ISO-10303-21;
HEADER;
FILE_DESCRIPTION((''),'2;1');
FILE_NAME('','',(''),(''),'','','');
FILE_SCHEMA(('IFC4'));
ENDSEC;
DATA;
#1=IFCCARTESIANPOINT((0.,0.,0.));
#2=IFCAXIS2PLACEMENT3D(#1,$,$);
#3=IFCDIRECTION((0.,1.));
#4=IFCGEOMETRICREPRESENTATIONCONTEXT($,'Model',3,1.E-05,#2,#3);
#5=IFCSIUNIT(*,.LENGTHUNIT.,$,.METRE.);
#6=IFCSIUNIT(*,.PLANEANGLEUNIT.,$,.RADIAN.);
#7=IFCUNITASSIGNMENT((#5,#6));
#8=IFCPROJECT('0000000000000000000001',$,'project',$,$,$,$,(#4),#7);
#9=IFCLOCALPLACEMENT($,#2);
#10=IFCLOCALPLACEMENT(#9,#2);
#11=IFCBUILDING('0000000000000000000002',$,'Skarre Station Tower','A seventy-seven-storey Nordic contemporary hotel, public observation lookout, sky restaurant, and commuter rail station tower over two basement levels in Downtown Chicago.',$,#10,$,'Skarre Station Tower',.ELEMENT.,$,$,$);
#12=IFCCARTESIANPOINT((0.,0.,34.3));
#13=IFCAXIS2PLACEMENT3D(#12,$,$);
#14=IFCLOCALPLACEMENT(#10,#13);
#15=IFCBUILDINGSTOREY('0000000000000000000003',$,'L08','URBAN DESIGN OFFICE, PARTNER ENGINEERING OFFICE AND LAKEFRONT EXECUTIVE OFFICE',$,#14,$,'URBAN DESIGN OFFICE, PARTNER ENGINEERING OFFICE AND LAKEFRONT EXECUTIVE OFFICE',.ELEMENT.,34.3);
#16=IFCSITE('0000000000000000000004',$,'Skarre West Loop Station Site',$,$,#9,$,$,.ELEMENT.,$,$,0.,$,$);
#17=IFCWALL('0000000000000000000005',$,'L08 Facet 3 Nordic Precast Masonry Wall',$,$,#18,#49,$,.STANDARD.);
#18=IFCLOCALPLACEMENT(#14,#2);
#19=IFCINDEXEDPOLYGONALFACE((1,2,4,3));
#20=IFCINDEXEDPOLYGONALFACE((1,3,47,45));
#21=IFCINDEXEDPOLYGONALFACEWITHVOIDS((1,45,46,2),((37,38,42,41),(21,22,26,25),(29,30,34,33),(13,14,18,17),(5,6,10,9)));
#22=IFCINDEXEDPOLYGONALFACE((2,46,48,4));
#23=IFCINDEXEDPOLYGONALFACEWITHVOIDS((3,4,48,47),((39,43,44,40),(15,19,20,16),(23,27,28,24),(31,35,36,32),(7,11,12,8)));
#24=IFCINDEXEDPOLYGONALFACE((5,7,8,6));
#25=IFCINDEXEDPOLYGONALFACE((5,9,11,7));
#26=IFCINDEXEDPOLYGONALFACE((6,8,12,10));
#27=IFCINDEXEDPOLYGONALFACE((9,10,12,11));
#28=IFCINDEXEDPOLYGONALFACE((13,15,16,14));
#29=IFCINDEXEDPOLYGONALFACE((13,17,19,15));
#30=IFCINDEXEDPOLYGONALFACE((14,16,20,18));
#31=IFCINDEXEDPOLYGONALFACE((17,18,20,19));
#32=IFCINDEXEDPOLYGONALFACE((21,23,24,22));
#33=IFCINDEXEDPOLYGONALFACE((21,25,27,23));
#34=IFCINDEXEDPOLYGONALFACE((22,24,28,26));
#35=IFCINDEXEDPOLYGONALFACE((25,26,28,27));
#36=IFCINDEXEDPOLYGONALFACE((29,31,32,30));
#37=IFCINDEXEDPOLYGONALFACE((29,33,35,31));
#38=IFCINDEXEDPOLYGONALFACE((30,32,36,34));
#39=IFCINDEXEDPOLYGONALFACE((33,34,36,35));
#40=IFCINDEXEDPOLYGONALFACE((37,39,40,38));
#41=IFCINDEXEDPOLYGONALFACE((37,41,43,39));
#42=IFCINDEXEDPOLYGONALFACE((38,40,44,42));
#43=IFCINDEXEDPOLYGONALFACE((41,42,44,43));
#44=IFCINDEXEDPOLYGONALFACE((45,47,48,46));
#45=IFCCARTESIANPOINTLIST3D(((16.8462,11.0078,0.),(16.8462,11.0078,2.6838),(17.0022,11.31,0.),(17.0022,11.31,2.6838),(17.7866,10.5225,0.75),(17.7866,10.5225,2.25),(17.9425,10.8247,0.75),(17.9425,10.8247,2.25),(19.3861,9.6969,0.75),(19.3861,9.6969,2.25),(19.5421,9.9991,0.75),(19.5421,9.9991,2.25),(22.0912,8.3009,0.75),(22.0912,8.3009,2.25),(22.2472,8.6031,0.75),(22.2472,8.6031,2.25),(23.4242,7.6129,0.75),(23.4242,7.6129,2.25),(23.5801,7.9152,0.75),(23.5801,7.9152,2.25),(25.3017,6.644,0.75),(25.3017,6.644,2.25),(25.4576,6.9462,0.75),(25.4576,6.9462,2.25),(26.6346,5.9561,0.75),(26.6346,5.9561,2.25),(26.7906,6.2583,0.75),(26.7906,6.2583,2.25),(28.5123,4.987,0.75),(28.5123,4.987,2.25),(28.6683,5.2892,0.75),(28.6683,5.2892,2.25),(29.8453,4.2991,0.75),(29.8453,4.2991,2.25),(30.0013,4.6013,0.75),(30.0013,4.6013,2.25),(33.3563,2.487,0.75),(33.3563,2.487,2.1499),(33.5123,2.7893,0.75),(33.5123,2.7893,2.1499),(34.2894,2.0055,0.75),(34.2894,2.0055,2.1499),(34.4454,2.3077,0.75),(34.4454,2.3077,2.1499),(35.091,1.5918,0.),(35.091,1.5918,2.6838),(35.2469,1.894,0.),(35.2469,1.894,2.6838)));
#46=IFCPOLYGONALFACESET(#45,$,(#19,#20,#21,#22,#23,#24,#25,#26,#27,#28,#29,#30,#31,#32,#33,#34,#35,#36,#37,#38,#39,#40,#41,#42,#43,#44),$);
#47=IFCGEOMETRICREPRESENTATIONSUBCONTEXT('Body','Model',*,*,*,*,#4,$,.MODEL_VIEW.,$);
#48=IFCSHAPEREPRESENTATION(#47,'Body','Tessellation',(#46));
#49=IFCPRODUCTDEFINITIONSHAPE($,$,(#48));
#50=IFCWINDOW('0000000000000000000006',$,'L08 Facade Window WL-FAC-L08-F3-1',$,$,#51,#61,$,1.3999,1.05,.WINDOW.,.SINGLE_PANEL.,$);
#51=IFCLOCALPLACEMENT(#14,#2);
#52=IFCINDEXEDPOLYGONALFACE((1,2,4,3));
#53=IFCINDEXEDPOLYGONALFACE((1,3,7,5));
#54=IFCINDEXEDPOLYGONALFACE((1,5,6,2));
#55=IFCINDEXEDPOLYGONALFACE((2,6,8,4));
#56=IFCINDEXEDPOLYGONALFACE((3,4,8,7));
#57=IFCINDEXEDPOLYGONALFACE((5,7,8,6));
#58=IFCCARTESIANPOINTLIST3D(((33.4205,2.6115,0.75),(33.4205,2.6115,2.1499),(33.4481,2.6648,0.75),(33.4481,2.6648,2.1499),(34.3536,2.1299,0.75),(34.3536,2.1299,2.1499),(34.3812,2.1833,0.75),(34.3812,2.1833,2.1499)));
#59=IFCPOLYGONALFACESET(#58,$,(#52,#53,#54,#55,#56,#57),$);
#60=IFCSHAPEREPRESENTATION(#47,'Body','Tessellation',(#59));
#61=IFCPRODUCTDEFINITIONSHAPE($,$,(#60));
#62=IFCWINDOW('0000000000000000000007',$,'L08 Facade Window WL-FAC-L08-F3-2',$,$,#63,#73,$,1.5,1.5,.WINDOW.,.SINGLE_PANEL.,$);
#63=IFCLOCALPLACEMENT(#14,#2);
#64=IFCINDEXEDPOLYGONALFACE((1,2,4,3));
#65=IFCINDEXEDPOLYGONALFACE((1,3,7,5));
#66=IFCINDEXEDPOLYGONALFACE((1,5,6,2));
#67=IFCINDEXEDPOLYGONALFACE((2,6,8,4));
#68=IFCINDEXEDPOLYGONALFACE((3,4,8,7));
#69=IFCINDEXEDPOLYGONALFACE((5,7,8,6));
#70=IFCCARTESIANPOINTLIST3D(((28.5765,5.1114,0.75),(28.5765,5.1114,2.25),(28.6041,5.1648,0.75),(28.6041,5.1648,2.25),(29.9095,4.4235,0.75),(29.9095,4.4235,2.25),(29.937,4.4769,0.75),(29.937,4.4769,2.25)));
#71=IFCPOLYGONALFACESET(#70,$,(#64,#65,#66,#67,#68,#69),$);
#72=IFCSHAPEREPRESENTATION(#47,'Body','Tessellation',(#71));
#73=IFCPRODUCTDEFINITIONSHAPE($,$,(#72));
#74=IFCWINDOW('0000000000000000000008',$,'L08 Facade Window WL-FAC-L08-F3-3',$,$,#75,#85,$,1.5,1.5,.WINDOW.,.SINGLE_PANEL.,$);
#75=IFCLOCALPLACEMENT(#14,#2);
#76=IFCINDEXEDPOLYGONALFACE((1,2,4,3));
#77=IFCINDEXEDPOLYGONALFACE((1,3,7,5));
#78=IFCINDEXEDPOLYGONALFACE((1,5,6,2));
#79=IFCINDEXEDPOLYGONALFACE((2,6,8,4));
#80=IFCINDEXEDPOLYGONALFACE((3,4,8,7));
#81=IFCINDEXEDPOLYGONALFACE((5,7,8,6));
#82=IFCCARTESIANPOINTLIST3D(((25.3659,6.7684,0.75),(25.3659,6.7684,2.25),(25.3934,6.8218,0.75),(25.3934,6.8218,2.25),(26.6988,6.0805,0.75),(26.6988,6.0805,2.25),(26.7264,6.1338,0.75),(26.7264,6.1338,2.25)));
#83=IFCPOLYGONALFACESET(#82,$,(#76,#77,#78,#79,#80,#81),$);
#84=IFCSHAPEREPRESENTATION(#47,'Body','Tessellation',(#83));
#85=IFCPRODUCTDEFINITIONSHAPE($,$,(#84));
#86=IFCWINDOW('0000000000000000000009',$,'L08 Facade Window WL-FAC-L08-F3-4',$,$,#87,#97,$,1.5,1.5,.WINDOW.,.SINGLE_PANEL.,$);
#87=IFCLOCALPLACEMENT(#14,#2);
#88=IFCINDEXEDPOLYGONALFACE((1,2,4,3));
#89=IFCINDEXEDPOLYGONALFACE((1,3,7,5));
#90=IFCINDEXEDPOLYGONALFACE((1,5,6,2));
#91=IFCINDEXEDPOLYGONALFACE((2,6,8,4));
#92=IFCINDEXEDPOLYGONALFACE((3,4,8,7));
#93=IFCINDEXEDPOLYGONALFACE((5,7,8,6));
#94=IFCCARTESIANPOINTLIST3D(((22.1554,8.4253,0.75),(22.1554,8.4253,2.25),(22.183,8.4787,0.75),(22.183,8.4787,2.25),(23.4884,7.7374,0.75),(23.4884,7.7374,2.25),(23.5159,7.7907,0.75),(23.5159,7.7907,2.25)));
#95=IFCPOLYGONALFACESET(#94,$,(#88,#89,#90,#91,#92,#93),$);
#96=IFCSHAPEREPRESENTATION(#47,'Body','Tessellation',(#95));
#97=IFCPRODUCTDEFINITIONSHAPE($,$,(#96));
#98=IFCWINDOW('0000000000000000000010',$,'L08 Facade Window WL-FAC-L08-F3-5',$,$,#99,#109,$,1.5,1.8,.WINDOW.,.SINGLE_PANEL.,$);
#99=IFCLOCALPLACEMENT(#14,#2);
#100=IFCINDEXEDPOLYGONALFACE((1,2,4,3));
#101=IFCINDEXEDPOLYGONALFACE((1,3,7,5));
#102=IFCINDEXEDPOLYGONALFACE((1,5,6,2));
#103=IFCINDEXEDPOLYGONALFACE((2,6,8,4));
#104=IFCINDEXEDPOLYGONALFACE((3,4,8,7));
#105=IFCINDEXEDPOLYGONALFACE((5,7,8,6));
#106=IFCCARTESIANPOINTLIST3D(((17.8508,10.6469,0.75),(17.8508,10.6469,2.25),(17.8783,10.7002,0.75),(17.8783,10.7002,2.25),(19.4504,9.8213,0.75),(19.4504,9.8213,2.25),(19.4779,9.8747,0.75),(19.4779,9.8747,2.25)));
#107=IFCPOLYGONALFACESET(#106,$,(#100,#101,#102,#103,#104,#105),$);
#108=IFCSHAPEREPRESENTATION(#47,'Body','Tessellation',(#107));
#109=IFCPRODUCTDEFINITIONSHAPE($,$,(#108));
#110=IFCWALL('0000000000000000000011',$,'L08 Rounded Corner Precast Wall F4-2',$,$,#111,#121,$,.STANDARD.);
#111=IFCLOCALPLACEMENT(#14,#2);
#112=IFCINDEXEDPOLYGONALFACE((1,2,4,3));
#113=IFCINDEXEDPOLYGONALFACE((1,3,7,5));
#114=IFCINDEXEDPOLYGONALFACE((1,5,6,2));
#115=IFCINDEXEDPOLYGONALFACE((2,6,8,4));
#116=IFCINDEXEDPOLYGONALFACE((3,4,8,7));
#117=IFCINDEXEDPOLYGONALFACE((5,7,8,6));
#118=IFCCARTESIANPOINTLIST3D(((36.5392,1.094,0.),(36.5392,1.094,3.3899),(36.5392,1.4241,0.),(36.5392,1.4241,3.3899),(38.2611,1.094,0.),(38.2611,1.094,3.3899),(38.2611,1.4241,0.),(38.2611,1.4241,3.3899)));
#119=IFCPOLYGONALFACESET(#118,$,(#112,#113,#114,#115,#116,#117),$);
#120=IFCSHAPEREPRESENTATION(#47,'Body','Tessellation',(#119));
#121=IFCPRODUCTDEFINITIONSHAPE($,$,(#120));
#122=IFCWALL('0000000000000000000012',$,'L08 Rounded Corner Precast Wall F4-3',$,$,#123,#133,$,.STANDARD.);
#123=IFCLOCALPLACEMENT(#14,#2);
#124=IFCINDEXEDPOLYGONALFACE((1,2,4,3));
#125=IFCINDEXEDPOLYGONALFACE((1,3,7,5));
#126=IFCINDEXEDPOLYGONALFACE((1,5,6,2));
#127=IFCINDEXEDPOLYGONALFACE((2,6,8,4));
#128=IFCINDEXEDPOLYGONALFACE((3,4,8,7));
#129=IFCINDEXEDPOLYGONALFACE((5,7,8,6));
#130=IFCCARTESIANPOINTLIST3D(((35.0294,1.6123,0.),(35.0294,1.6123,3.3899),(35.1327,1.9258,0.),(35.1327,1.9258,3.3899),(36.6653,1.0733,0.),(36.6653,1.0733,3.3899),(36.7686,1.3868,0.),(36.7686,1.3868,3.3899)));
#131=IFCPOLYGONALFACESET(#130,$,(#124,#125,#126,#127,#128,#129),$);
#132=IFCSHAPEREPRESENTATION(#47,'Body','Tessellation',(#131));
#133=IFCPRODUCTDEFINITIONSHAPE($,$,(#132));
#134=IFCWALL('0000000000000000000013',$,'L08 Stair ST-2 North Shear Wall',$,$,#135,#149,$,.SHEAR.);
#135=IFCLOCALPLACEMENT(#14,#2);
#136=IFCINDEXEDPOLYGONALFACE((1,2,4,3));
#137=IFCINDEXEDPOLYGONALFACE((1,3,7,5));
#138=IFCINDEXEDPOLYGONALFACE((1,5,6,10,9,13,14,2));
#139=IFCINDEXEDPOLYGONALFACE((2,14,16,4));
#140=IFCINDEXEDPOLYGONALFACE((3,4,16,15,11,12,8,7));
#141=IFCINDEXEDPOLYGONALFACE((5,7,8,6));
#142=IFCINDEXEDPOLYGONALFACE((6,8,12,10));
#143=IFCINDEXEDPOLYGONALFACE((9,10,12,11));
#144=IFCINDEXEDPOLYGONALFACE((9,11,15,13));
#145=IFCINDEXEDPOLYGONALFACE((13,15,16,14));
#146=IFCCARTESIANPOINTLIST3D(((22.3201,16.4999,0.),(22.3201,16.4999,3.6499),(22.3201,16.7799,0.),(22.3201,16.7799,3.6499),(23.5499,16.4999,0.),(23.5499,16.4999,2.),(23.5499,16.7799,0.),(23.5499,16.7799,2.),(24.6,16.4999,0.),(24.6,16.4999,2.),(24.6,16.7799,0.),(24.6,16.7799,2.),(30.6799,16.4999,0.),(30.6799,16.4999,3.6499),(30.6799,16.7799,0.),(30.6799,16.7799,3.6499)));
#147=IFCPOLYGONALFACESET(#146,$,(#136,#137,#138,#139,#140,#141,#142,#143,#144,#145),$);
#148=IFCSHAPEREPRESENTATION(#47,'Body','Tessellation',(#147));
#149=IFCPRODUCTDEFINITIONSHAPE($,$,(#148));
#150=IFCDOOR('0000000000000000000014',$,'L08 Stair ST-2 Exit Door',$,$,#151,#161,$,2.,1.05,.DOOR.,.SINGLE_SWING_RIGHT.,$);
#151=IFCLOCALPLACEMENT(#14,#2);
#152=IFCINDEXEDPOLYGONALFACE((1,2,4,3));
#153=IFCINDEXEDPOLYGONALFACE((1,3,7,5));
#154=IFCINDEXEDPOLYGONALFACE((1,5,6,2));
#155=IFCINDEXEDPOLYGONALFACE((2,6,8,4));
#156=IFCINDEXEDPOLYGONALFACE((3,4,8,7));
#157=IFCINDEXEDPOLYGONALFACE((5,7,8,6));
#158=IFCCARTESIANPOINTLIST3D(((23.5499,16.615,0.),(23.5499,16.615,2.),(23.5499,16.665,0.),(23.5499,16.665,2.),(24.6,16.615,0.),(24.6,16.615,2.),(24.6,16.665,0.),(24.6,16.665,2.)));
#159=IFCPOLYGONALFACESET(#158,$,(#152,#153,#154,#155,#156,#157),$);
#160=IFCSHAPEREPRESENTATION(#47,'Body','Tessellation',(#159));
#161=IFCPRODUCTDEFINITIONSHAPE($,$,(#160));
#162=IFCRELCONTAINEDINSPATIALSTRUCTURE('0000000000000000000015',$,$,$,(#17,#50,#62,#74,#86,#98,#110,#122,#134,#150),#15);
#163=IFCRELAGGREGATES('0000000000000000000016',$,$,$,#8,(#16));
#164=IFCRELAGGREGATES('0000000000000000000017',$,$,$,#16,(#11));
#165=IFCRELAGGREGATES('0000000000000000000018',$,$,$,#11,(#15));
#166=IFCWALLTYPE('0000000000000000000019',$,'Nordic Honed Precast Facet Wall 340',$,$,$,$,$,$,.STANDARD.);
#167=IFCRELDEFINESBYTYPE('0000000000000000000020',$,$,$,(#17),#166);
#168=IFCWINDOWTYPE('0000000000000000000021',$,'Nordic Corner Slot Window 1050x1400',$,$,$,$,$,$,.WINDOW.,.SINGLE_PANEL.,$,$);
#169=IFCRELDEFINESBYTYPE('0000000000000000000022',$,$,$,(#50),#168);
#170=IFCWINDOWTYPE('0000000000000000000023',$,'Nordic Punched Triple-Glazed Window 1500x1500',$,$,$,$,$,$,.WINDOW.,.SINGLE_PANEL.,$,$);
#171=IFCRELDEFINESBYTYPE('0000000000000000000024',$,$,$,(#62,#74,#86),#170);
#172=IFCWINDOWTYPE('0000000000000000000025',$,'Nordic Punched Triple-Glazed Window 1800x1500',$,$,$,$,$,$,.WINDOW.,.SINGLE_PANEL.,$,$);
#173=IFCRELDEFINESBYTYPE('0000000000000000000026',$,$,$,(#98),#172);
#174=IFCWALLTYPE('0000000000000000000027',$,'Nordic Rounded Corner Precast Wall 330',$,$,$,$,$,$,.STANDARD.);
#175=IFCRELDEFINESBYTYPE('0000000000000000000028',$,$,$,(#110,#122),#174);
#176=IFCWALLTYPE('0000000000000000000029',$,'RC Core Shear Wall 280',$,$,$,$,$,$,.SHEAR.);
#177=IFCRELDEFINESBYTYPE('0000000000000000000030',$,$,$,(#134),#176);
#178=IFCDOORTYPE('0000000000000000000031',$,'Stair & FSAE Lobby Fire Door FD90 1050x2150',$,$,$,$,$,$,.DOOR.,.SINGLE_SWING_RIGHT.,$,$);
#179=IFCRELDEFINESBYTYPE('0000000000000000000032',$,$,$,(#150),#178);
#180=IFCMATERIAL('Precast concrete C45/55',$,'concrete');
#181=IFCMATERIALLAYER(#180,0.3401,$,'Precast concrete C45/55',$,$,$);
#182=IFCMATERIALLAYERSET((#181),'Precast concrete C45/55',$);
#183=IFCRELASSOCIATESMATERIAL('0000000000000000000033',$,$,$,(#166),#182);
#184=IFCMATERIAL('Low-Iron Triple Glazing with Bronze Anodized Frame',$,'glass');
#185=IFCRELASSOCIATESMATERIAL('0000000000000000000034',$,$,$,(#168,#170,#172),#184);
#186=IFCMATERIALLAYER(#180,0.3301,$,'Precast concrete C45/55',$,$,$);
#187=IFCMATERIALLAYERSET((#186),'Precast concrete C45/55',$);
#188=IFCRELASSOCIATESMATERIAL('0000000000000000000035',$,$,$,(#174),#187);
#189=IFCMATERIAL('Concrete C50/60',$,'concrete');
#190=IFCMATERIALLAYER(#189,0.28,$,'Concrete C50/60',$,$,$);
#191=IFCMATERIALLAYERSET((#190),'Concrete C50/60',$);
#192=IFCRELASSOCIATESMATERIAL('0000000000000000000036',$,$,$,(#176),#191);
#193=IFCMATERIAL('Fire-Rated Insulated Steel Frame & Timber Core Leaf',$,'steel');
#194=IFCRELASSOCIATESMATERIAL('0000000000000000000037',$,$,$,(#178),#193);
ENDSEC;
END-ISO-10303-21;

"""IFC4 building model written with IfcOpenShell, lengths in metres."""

from ifc_helpers import new_model, si_unit, direction, frame, frame_2d, origin, place, context, subcontext, project, spatial, rectangle, extrude, material, layer, layer_set, type_object, element, fill, save


model = new_model("IFC4")

# Units and contexts
model_context = context("Model", 3, precision=1e-05, world=origin(), true_north=direction((0.0, 1.0)))
body_context = subcontext(model_context, "Body", "Model", "MODEL_VIEW")
ifc_project = project(units=[si_unit("LENGTHUNIT", "METRE"), si_unit("PLANEANGLEUNIT", "RADIAN")], contexts=[model_context])

# Site, building, storey
site_placement = place(None, origin())
site = spatial("IfcSite", under=ifc_project, at=site_placement, Name="Skarre West Loop Station Site", CompositionType="ELEMENT", RefElevation=0.0)
building_placement = place(site_placement, origin())
building = spatial("IfcBuilding", under=site, at=building_placement, Name="Skarre Station Tower", Description="A seventy-seven-storey Nordic contemporary hotel, public observation lookout, sky restaurant, and commuter rail station tower over two basement levels in Downtown Chicago.", LongName="Skarre Station Tower", CompositionType="ELEMENT")
storey_placement = place(building_placement, frame((0.0, 0.0, 34.3)))
storey = spatial("IfcBuildingStorey", under=building, at=storey_placement, Name="L08", Description="URBAN DESIGN OFFICE, PARTNER ENGINEERING OFFICE AND LAKEFRONT EXECUTIVE OFFICE", LongName="URBAN DESIGN OFFICE, PARTNER ENGINEERING OFFICE AND LAKEFRONT EXECUTIVE OFFICE", CompositionType="ELEMENT", Elevation=34.3)

# Wall, openings, windows
ifc_material_1 = material(Name="Precast concrete C45/55", Category="concrete")
ifc_layer_1 = layer(ifc_material_1, 0.3401, Name="Precast concrete C45/55")
ifc_layer_set_1 = layer_set([ifc_layer_1], Name="Precast concrete C45/55")
wall_type_1 = type_object("IfcWallType", Name="Nordic Honed Precast Facet Wall 340", PredefinedType="STANDARD", material=ifc_layer_set_1)
wall_1_placement = place(storey_placement, frame((35.1689, 1.7429, 0.0), z_axis=(0.0, 0.0, 1.0), x_axis=(-0.888634, 0.458616, 0.0)))
wall_1 = element("IfcWall", 1, at=wall_1_placement, inside=storey, type_object=wall_type_1, Name="L08 Facet 3 Nordic Precast Masonry Wall", PredefinedType="STANDARD", context=body_context, shape_type="SweptSolid", body=[
    extrude(rectangle(XDim=20.5312, YDim=0.3401, at=frame_2d((10.2656, 0.0))), origin(), (0.0, 0.0, 1.0), 2.6838),
])
opening_1_placement = place(wall_1_placement, frame((0.9021, 0.0, 0.75)))
opening_1 = element("IfcOpeningElement", 2, at=opening_1_placement, cuts=wall_1, PredefinedType="OPENING", context=body_context, shape_type="SweptSolid", body=[
    extrude(rectangle(XDim=1.05, YDim=1.3999, at=frame_2d((0.5249, 0.7))), frame((0.0, 0.1799, 0.0), z_axis=(0.0, -1.0, 0.0), x_axis=(1.0, 0.0, 0.0)), (0.0, 0.0, 1.0), 0.3601),
])
opening_2_placement = place(wall_1_placement, frame((5.9031, 0.0, 0.75)))
opening_2 = element("IfcOpeningElement", 3, at=opening_2_placement, cuts=wall_1, PredefinedType="OPENING", context=body_context, shape_type="SweptSolid", body=[
    extrude(rectangle(XDim=1.5, YDim=1.5, at=frame_2d((0.75, 0.75))), frame((0.0, 0.1799, 0.0), z_axis=(0.0, -1.0, 0.0), x_axis=(1.0, 0.0, 0.0)), (0.0, 0.0, 1.0), 0.3601),
])
opening_3_placement = place(wall_1_placement, frame((9.5161, 0.0, 0.75)))
opening_3 = element("IfcOpeningElement", 4, at=opening_3_placement, cuts=wall_1, PredefinedType="OPENING", context=body_context, shape_type="SweptSolid", body=[
    extrude(rectangle(XDim=1.5, YDim=1.5, at=frame_2d((0.75, 0.75))), frame((0.0, 0.1799, 0.0), z_axis=(0.0, -1.0, 0.0), x_axis=(1.0, 0.0, 0.0)), (0.0, 0.0, 1.0), 0.3601),
])
opening_4_placement = place(wall_1_placement, frame((13.1289, 0.0, 0.75)))
opening_4 = element("IfcOpeningElement", 5, at=opening_4_placement, cuts=wall_1, PredefinedType="OPENING", context=body_context, shape_type="SweptSolid", body=[
    extrude(rectangle(XDim=1.5, YDim=1.5, at=frame_2d((0.75, 0.75))), frame((0.0, 0.1799, 0.0), z_axis=(0.0, -1.0, 0.0), x_axis=(1.0, 0.0, 0.0)), (0.0, 0.0, 1.0), 0.3601),
])
opening_5_placement = place(wall_1_placement, frame((17.6731, 0.0, 0.75)))
opening_5 = element("IfcOpeningElement", 6, at=opening_5_placement, cuts=wall_1, PredefinedType="OPENING", context=body_context, shape_type="SweptSolid", body=[
    extrude(rectangle(XDim=1.8, YDim=1.5, at=frame_2d((0.8999, 0.75))), frame((0.0, 0.1799, 0.0), z_axis=(0.0, -1.0, 0.0), x_axis=(1.0, 0.0, 0.0)), (0.0, 0.0, 1.0), 0.3601),
])
ifc_material_2 = material(Name="Low-Iron Triple Glazing with Bronze Anodized Frame", Category="glass")
window_type_1 = type_object("IfcWindowType", Name="Nordic Corner Slot Window 1050x1400", PartitioningType="SINGLE_PANEL", PredefinedType="WINDOW", material=ifc_material_2)
window_1_placement = place(opening_1_placement, origin())
window_1 = element("IfcWindow", 7, at=window_1_placement, inside=storey, type_object=window_type_1, Name="L08 Facade Window WL-FAC-L08-F3-1", OverallHeight=1.3999, OverallWidth=1.05, PartitioningType="SINGLE_PANEL", PredefinedType="WINDOW", context=body_context, shape_type="SweptSolid", body=[
    extrude(rectangle(XDim=1.05, YDim=1.3999, at=frame_2d((0.5249, 0.7))), frame((0.0, 0.03, 0.0), z_axis=(0.0, -1.0, 0.0), x_axis=(1.0, 0.0, 0.0)), (0.0, 0.0, 1.0), 0.0601),
])
fill(opening_1, window_1)
window_type_2 = type_object("IfcWindowType", Name="Nordic Punched Triple-Glazed Window 1500x1500", PartitioningType="SINGLE_PANEL", PredefinedType="WINDOW", material=ifc_material_2)
window_2_placement = place(opening_2_placement, origin())
window_2 = element("IfcWindow", 8, at=window_2_placement, inside=storey, type_object=window_type_2, Name="L08 Facade Window WL-FAC-L08-F3-2", OverallHeight=1.5, OverallWidth=1.5, PartitioningType="SINGLE_PANEL", PredefinedType="WINDOW", context=body_context, shape_type="SweptSolid", body=[
    extrude(rectangle(XDim=1.5, YDim=1.5, at=frame_2d((0.75, 0.75))), frame((0.0, 0.03, 0.0), z_axis=(0.0, -1.0, 0.0), x_axis=(1.0, 0.0, 0.0)), (0.0, 0.0, 1.0), 0.0601),
])
fill(opening_2, window_2)
window_3_placement = place(opening_3_placement, origin())
window_3 = element("IfcWindow", 9, at=window_3_placement, inside=storey, type_object=window_type_2, Name="L08 Facade Window WL-FAC-L08-F3-3", OverallHeight=1.5, OverallWidth=1.5, PartitioningType="SINGLE_PANEL", PredefinedType="WINDOW", context=body_context, shape_type="SweptSolid", body=[
    extrude(rectangle(XDim=1.5, YDim=1.5, at=frame_2d((0.75, 0.75))), frame((0.0, 0.03, 0.0), z_axis=(0.0, -1.0, 0.0), x_axis=(1.0, 0.0, 0.0)), (0.0, 0.0, 1.0), 0.0601),
])
fill(opening_3, window_3)
window_4_placement = place(opening_4_placement, origin())
window_4 = element("IfcWindow", 10, at=window_4_placement, inside=storey, type_object=window_type_2, Name="L08 Facade Window WL-FAC-L08-F3-4", OverallHeight=1.5, OverallWidth=1.5, PartitioningType="SINGLE_PANEL", PredefinedType="WINDOW", context=body_context, shape_type="SweptSolid", body=[
    extrude(rectangle(XDim=1.5, YDim=1.5, at=frame_2d((0.75, 0.75))), frame((0.0, 0.03, 0.0), z_axis=(0.0, -1.0, 0.0), x_axis=(1.0, 0.0, 0.0)), (0.0, 0.0, 1.0), 0.0601),
])
fill(opening_4, window_4)
window_type_3 = type_object("IfcWindowType", Name="Nordic Punched Triple-Glazed Window 1800x1500", PartitioningType="SINGLE_PANEL", PredefinedType="WINDOW", material=ifc_material_2)
window_5_placement = place(opening_5_placement, origin())
window_5 = element("IfcWindow", 11, at=window_5_placement, inside=storey, type_object=window_type_3, Name="L08 Facade Window WL-FAC-L08-F3-5", OverallHeight=1.5, OverallWidth=1.8, PartitioningType="SINGLE_PANEL", PredefinedType="WINDOW", context=body_context, shape_type="SweptSolid", body=[
    extrude(rectangle(XDim=1.8, YDim=1.5, at=frame_2d((0.8999, 0.75))), frame((0.0, 0.03, 0.0), z_axis=(0.0, -1.0, 0.0), x_axis=(1.0, 0.0, 0.0)), (0.0, 0.0, 1.0), 0.0601),
])
fill(opening_5, window_5)

# Walls
ifc_layer_2 = layer(ifc_material_1, 0.3301, Name="Precast concrete C45/55")
ifc_layer_set_2 = layer_set([ifc_layer_2], Name="Precast concrete C45/55")
wall_type_2 = type_object("IfcWallType", Name="Nordic Rounded Corner Precast Wall 330", PredefinedType="STANDARD", material=ifc_layer_set_2)
wall_2_placement = place(storey_placement, frame((38.261, 1.259, 0.0), z_axis=(0.0, 0.0, 1.0), x_axis=(-1.0, 0.0, 0.0)))
element("IfcWall", 12, at=wall_2_placement, inside=storey, type_object=wall_type_2, Name="L08 Rounded Corner Precast Wall F4-2", PredefinedType="STANDARD", context=body_context, shape_type="SweptSolid", body=[
    extrude(rectangle(XDim=1.7219, YDim=0.3301, at=frame_2d((0.8608, 0.0))), origin(), (0.0, 0.0, 1.0), 3.3899),
])
wall_3_placement = place(storey_placement, frame((36.717, 1.23, 0.0), z_axis=(0.0, 0.0, 1.0), x_axis=(-0.949769, 0.312952, 0.0)))
element("IfcWall", 13, at=wall_3_placement, inside=storey, type_object=wall_type_2, Name="L08 Rounded Corner Precast Wall F4-3", PredefinedType="STANDARD", context=body_context, shape_type="SweptSolid", body=[
    extrude(rectangle(XDim=1.7224, YDim=0.3301, at=frame_2d((0.8613, 0.0))), origin(), (0.0, 0.0, 1.0), 3.3899),
])

# Wall, opening, door
ifc_material_3 = material(Name="Concrete C50/60", Category="concrete")
ifc_layer_3 = layer(ifc_material_3, 0.28, Name="Concrete C50/60")
ifc_layer_set_3 = layer_set([ifc_layer_3], Name="Concrete C50/60")
wall_type_3 = type_object("IfcWallType", Name="RC Core Shear Wall 280", PredefinedType="SHEAR", material=ifc_layer_set_3)
wall_4_placement = place(storey_placement, frame((30.6799, 16.6399, 0.0), z_axis=(0.0, 0.0, 1.0), x_axis=(-1.0, 0.0, 0.0)))
wall_4 = element("IfcWall", 14, at=wall_4_placement, inside=storey, type_object=wall_type_3, Name="L08 Stair ST-2 North Shear Wall", PredefinedType="SHEAR", context=body_context, shape_type="SweptSolid", body=[
    extrude(rectangle(XDim=8.3599, YDim=0.28, at=frame_2d((4.1799, 0.0))), origin(), (0.0, 0.0, 1.0), 3.6499),
])
opening_6_placement = place(wall_4_placement, frame((6.0801, 0.0, 0.0)))
opening_6 = element("IfcOpeningElement", 15, at=opening_6_placement, cuts=wall_4, PredefinedType="OPENING", context=body_context, shape_type="SweptSolid", body=[
    extrude(rectangle(XDim=1.05, YDim=2.0, at=frame_2d((0.5249, 1.0))), frame((0.0, 0.1499, 0.0), z_axis=(0.0, -1.0, 0.0), x_axis=(1.0, 0.0, 0.0)), (0.0, 0.0, 1.0), 0.3),
])
ifc_material_4 = material(Name="Fire-Rated Insulated Steel Frame & Timber Core Leaf", Category="steel")
door_type_1 = type_object("IfcDoorType", Name="Stair & FSAE Lobby Fire Door FD90 1050x2150", OperationType="SINGLE_SWING_RIGHT", PredefinedType="DOOR", material=ifc_material_4)
door_1_placement = place(opening_6_placement, origin())
door_1 = element("IfcDoor", 16, at=door_1_placement, inside=storey, type_object=door_type_1, Name="L08 Stair ST-2 Exit Door", OperationType="SINGLE_SWING_RIGHT", OverallHeight=2.0, OverallWidth=1.05, PredefinedType="DOOR", context=body_context, shape_type="SweptSolid", body=[
    extrude(rectangle(XDim=1.05, YDim=2.0, at=frame_2d((0.5249, 1.0))), frame((0.0, 0.0249, 0.0), z_axis=(0.0, -1.0, 0.0), x_axis=(1.0, 0.0, 0.0)), (0.0, 0.0, 1.0), 0.05),
])
fill(opening_6, door_1)

save(model, "model.ifc")
